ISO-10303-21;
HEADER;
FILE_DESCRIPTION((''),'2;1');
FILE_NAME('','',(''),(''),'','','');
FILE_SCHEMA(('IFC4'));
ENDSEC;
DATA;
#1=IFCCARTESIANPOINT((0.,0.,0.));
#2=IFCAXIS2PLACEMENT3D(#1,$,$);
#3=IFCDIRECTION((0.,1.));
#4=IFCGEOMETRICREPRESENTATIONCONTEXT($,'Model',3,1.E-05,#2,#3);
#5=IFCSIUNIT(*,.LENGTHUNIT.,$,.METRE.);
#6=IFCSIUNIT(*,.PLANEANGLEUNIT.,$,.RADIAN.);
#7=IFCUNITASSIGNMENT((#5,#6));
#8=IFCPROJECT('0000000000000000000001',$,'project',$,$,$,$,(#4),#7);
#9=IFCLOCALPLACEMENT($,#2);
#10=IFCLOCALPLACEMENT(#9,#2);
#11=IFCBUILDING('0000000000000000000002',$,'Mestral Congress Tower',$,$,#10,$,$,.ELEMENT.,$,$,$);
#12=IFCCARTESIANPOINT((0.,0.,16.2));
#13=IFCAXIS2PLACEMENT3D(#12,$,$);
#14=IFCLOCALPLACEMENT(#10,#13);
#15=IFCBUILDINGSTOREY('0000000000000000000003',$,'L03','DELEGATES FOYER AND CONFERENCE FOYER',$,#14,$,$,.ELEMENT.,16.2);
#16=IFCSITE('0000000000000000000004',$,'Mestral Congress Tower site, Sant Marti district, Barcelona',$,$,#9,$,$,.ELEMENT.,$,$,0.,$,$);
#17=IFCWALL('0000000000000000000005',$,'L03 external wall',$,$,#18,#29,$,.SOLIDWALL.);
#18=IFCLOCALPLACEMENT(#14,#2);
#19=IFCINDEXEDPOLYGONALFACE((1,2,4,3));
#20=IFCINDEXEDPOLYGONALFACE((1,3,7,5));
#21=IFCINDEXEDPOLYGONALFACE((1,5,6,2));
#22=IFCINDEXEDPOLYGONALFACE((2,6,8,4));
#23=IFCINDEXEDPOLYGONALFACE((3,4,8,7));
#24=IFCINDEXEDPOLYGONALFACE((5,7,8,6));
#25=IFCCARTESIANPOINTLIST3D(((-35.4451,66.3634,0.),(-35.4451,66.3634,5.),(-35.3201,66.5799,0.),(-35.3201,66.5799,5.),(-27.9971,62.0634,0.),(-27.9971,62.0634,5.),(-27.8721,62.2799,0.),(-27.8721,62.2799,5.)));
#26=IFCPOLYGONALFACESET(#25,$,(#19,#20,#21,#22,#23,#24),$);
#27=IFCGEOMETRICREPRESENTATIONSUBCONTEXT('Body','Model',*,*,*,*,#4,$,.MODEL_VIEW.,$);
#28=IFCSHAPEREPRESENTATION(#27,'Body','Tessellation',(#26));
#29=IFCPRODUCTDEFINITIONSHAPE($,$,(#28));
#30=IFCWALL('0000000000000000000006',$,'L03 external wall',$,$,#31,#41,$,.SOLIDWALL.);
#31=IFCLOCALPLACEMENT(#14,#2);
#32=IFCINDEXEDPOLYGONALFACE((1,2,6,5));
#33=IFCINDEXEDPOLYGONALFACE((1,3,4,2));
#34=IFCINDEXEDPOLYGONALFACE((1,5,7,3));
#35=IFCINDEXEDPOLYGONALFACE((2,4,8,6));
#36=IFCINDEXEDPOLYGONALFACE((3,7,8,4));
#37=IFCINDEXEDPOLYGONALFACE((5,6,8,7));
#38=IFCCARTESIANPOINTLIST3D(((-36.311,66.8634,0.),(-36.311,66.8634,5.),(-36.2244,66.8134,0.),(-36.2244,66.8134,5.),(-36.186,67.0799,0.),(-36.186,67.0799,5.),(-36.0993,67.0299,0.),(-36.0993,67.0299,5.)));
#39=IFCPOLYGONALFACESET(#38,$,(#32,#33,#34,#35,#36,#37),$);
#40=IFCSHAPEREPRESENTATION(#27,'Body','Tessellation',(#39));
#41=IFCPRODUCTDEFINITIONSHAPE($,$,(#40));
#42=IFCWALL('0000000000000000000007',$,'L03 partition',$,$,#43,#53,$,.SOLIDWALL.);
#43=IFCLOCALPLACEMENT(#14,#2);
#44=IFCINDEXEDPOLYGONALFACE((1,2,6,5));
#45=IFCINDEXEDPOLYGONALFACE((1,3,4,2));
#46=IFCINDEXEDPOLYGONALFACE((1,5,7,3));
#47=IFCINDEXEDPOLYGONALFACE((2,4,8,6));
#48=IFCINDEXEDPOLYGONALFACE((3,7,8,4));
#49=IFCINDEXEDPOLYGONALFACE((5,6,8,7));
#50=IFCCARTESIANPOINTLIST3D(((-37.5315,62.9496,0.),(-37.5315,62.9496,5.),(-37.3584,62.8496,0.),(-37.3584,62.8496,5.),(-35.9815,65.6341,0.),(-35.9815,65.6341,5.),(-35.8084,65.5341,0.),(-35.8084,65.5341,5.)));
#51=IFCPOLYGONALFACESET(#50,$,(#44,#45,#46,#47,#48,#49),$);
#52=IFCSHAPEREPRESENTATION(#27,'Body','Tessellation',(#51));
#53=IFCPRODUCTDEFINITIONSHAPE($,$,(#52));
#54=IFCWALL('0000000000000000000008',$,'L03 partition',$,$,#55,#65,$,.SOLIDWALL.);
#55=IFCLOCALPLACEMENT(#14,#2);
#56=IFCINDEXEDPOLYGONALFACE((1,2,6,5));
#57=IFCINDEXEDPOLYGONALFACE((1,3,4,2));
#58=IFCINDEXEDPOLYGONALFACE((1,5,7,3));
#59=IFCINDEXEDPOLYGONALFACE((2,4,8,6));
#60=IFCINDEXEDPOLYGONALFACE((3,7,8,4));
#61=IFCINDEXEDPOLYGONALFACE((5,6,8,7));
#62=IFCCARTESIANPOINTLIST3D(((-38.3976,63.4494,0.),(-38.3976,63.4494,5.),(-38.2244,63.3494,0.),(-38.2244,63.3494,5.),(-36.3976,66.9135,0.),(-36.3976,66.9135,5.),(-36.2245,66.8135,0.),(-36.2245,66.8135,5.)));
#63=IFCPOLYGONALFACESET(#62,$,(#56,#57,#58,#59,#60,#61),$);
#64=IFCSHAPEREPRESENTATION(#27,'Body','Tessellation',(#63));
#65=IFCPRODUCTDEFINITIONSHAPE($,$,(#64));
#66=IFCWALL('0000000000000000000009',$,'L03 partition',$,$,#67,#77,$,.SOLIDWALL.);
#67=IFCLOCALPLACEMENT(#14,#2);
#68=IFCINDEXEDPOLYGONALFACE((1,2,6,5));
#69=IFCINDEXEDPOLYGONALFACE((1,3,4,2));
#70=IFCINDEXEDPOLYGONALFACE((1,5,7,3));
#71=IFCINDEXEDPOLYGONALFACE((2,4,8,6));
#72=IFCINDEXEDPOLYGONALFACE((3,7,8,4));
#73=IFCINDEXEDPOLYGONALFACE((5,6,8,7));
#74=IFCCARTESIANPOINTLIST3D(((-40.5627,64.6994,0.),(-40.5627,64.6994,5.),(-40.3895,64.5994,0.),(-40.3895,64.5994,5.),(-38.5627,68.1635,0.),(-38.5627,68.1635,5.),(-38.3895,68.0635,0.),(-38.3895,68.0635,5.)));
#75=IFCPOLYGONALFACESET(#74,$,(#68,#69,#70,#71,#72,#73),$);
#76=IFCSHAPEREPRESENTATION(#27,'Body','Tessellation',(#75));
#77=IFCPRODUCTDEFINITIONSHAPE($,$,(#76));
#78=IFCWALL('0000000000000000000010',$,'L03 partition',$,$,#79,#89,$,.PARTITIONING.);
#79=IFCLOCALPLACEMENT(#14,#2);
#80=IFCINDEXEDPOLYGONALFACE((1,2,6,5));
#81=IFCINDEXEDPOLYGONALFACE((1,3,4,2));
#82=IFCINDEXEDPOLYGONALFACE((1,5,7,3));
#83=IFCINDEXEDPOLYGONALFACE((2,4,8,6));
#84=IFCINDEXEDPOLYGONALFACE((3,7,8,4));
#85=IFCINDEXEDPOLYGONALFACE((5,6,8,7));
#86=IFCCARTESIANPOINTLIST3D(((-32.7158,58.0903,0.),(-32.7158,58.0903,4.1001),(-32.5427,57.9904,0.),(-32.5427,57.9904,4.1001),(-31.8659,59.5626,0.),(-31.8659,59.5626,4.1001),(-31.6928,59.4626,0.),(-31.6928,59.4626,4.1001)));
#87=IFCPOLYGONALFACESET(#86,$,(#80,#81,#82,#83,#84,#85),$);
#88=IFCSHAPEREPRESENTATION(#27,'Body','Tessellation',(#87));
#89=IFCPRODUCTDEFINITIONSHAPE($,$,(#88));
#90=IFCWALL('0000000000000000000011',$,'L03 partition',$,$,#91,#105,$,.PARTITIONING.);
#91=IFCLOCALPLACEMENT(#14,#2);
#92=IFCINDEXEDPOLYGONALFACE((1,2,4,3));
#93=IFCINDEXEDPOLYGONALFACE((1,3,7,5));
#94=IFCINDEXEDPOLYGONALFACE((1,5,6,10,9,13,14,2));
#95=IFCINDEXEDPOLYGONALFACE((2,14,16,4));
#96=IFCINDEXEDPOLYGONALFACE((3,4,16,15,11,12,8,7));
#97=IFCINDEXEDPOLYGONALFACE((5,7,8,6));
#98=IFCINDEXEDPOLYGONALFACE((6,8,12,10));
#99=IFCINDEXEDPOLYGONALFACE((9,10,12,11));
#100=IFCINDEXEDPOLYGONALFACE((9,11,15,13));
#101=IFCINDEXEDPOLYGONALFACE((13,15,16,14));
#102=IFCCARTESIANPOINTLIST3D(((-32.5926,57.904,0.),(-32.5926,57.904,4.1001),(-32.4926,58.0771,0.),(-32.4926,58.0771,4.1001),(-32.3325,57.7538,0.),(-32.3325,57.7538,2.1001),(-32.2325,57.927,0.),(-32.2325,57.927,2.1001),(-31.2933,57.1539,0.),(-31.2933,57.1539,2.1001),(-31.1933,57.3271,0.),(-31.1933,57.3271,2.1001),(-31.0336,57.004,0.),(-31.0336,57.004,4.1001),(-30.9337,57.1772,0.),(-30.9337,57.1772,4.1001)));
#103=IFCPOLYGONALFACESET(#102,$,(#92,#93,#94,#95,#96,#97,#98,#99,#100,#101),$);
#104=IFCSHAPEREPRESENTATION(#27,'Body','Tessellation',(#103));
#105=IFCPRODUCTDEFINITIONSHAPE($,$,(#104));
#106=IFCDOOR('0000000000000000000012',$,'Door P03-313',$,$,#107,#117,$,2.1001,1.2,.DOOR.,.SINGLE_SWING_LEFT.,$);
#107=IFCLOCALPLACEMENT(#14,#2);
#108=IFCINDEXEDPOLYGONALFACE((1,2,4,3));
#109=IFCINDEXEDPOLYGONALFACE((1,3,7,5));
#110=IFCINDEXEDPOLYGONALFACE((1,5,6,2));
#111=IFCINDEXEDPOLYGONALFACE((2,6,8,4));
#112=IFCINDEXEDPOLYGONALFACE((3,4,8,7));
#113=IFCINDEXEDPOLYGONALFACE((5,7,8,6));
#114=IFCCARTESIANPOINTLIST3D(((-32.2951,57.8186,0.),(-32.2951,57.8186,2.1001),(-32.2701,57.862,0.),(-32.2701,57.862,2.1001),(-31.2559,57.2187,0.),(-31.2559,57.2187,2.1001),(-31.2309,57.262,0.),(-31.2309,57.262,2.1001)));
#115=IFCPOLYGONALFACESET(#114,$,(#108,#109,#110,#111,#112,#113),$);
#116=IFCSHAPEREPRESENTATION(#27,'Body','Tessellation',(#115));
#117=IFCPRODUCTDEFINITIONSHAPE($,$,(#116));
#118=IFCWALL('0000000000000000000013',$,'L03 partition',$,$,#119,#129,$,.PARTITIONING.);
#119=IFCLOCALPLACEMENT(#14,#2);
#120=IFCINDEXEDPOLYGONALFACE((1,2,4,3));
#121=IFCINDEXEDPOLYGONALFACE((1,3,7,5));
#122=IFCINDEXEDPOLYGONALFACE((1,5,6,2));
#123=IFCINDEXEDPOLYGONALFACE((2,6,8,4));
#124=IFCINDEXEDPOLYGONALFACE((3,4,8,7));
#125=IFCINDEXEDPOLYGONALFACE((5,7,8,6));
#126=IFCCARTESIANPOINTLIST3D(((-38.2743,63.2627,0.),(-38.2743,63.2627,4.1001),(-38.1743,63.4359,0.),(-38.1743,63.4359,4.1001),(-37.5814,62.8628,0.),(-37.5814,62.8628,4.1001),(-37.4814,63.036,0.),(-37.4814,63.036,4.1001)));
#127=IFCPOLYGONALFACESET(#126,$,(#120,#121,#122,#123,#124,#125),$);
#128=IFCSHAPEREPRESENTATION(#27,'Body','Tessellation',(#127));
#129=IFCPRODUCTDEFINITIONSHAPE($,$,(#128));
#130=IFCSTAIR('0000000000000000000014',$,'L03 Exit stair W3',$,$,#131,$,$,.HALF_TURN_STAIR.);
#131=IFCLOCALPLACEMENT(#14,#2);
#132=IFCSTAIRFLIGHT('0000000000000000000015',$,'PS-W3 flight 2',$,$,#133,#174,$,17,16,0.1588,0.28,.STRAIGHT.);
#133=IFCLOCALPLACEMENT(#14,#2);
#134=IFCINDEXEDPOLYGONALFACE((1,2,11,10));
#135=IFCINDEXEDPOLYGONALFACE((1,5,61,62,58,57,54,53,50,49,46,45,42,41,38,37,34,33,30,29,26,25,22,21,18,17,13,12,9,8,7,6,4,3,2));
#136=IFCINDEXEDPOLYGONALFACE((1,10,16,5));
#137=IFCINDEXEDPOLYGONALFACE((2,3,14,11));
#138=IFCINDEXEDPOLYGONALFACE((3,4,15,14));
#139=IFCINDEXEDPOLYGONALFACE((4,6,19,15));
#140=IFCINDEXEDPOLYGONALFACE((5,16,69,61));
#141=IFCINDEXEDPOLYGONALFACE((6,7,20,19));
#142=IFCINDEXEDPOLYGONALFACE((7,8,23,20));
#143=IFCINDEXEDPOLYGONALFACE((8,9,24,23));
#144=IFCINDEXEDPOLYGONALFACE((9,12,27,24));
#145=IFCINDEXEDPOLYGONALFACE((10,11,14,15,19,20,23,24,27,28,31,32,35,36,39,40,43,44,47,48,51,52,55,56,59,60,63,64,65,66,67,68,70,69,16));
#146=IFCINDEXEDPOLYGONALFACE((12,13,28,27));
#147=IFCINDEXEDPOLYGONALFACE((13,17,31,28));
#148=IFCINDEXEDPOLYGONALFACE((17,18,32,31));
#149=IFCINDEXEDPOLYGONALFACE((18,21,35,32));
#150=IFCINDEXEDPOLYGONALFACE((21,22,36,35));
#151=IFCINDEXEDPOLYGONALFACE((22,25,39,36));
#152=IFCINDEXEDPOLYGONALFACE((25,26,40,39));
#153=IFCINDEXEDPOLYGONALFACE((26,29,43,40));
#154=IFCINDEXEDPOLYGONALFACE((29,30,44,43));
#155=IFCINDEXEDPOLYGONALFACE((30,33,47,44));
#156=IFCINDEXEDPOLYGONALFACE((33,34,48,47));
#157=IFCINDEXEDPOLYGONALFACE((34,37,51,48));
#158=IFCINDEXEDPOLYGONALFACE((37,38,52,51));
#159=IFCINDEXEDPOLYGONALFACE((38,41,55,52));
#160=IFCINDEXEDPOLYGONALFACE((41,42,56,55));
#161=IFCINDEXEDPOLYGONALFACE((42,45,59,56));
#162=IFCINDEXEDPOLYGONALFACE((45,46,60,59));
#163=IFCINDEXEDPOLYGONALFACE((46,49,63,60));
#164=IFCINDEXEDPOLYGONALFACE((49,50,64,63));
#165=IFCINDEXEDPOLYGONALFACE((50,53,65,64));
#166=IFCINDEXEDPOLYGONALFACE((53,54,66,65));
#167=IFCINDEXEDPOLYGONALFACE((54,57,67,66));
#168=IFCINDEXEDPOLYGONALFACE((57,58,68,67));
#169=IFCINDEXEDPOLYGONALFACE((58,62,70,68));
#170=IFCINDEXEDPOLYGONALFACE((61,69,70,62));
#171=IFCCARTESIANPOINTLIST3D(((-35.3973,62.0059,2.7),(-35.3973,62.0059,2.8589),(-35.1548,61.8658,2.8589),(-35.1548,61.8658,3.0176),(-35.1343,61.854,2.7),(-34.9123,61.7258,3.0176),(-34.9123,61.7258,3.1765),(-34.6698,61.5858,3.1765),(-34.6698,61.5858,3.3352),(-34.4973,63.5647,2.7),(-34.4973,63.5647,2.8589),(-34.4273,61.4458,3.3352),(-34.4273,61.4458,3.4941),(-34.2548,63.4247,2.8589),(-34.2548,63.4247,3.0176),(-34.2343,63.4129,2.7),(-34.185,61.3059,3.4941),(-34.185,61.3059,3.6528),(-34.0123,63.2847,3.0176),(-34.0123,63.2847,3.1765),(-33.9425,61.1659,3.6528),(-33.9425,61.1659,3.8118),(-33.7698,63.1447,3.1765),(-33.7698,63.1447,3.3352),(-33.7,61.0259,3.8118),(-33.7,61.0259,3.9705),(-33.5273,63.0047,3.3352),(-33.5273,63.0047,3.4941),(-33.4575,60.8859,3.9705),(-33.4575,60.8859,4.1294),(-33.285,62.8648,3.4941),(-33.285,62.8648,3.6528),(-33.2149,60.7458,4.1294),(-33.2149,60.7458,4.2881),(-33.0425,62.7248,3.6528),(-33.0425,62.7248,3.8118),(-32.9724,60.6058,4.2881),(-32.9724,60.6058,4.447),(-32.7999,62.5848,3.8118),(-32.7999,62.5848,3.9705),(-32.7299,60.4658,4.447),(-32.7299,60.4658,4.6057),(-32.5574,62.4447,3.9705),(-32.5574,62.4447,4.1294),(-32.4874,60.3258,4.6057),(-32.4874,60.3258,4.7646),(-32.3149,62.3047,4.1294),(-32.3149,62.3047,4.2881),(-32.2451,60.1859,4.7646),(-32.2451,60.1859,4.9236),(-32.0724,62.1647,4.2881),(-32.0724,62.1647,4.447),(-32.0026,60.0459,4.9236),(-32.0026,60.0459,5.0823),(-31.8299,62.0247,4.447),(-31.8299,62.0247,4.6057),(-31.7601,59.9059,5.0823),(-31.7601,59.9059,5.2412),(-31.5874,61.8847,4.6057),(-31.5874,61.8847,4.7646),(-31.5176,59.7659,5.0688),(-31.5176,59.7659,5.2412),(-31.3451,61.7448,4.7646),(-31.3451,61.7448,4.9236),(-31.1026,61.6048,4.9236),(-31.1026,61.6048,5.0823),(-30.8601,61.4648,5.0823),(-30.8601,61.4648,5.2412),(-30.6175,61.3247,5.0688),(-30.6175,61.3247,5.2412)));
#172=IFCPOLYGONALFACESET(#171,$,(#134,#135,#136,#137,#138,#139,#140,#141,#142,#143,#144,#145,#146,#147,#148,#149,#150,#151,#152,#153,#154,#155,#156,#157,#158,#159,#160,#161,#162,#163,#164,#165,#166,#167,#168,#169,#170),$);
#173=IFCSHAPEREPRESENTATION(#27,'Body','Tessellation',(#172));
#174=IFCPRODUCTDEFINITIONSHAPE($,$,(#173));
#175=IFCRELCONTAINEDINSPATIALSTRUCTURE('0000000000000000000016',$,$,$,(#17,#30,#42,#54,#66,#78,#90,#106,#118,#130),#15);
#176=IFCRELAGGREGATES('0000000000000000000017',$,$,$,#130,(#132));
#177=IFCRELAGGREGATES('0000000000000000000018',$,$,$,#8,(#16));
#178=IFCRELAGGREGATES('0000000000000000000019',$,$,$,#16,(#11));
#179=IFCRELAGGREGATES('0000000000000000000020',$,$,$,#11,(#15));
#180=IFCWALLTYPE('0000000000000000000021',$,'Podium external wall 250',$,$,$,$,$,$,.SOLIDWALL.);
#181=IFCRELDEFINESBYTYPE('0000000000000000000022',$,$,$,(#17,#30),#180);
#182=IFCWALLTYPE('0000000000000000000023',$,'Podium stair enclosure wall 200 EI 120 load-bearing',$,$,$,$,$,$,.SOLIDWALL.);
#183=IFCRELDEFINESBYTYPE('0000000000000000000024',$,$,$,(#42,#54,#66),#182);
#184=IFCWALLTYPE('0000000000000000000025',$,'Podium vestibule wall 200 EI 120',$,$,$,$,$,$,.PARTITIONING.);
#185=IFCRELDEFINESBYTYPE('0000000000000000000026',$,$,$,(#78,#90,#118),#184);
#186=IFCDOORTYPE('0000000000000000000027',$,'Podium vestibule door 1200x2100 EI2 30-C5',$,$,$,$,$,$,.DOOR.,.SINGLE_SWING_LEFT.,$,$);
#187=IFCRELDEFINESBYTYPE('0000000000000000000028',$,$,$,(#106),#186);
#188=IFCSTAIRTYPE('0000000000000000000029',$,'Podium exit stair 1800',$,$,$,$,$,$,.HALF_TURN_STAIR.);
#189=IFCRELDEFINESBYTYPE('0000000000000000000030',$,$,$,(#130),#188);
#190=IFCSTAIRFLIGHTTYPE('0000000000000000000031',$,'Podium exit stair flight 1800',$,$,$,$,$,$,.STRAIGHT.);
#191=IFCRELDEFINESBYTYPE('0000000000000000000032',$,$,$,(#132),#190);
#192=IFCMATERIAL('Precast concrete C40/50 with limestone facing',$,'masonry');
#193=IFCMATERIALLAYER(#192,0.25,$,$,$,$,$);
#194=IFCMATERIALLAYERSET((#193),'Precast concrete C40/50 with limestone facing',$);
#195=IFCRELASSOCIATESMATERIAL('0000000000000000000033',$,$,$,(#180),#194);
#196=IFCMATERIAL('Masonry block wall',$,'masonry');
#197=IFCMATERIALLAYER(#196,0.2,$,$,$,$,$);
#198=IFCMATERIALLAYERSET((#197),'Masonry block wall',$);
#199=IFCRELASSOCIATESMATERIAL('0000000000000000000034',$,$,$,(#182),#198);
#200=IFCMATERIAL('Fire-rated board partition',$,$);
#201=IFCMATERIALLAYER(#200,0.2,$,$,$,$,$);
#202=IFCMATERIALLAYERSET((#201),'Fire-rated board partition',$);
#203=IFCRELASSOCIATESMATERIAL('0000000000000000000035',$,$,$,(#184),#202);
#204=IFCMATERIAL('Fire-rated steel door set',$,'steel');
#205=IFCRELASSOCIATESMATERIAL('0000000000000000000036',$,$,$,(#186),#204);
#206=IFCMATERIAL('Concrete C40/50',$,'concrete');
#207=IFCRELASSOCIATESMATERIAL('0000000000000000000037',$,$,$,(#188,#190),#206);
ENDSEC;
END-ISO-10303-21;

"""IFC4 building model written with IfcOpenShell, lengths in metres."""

from ifc_helpers import new_model, si_unit, direction, frame, frame_2d, origin, place, context, subcontext, project, spatial, polyline, rectangle, outline, extrude, material, layer, layer_set, type_object, element, fill, aggregate, save


model = new_model("IFC4")

# Units and contexts
model_context = context("Model", 3, precision=1e-05, world=origin(), true_north=direction((0.0, 1.0)))
body_context = subcontext(model_context, "Body", "Model", "MODEL_VIEW")
ifc_project = project(units=[si_unit("LENGTHUNIT", "METRE"), si_unit("PLANEANGLEUNIT", "RADIAN")], contexts=[model_context])

# Site, building, storey
site_placement = place(None, origin())
site = spatial("IfcSite", under=ifc_project, at=site_placement, Name="Mestral Congress Tower site, Sant Marti district, Barcelona", CompositionType="ELEMENT", RefElevation=0.0)
building_placement = place(site_placement, origin())
building = spatial("IfcBuilding", under=site, at=building_placement, Name="Mestral Congress Tower", CompositionType="ELEMENT")
storey_placement = place(building_placement, frame((0.0, 0.0, 16.2)))
storey = spatial("IfcBuildingStorey", under=building, at=storey_placement, Name="L03", Description="DELEGATES FOYER AND CONFERENCE FOYER", CompositionType="ELEMENT", Elevation=16.2)

# Walls
ifc_material_1 = material(Name="Precast concrete C40/50 with limestone facing", Category="masonry")
ifc_layer_1 = layer(ifc_material_1, 0.25)
ifc_layer_set_1 = layer_set([ifc_layer_1], Name="Precast concrete C40/50 with limestone facing")
wall_type_1 = type_object("IfcWallType", Name="Podium external wall 250", PredefinedType="SOLIDWALL", material=ifc_layer_set_1)
wall_1_placement = place(storey_placement, frame((-35.3826, 66.4717, 0.0), z_axis=(0.0, 0.0, 1.0), x_axis=(0.866028, -0.499995, 0.0)))
element("IfcWall", 1, at=wall_1_placement, inside=storey, type_object=wall_type_1, Name="L03 external wall", PredefinedType="SOLIDWALL", context=body_context, shape_type="SweptSolid", body=[
    extrude(rectangle(XDim=8.6001, YDim=0.25, at=frame_2d((4.3, 0.0))), origin(), (0.0, 0.0, 1.0), 5.0),
])
wall_2_placement = place(storey_placement, frame((-36.2485, 66.9717, 0.0), z_axis=(0.0, 0.0, 1.0), x_axis=(0.865982, -0.500074, 0.0)))
element("IfcWall", 2, at=wall_2_placement, inside=storey, type_object=wall_type_1, Name="L03 external wall", PredefinedType="SOLIDWALL", context=body_context, shape_type="SweptSolid", body=[
    extrude(rectangle(XDim=0.1001, YDim=0.25, at=frame_2d((0.05, 0.0))), origin(), (0.0, 0.0, 1.0), 5.0),
])
ifc_material_2 = material(Name="Masonry block wall", Category="masonry")
ifc_layer_2 = layer(ifc_material_2, 0.2)
ifc_layer_set_2 = layer_set([ifc_layer_2], Name="Masonry block wall")
wall_type_2 = type_object("IfcWallType", Name="Podium stair enclosure wall 200 EI 120 load-bearing", PredefinedType="SOLIDWALL", material=ifc_layer_set_2)
wall_3_placement = place(storey_placement, frame((-35.895, 65.584, 0.0), z_axis=(0.0, 0.0, 1.0), x_axis=(-0.500027, -0.86601, 0.0)))
element("IfcWall", 3, at=wall_3_placement, inside=storey, type_object=wall_type_2, Name="L03 partition", PredefinedType="SOLIDWALL", context=body_context, shape_type="SweptSolid", body=[
    extrude(rectangle(XDim=3.0999, YDim=0.2, at=frame_2d((1.5498, 0.0))), origin(), (0.0, 0.0, 1.0), 5.0),
])
for number, where, z_axis, x_axis, name in (
    (4, (-36.311, 66.8635, 0.0), (0.0, 0.0, 1.0), (-0.499999, -0.866026, 0.0), "L03 partition"),
    (5, (-38.4761, 68.1135, 0.0), (0.0, 0.0, 1.0), (-0.499999, -0.866026, 0.0), "L03 partition"),
):
    element("IfcWall", number, at=place(storey_placement, frame(where, z_axis=z_axis, x_axis=x_axis)), inside=storey, type_object=wall_type_2, Name=name, PredefinedType="SOLIDWALL", context=body_context, shape_type="SweptSolid", body=[
        extrude(rectangle(XDim=4.0, YDim=0.2, at=frame_2d((2.0, 0.0))), origin(), (0.0, 0.0, 1.0), 5.0),
    ])
ifc_material_3 = material(Name="Fire-rated board partition")
ifc_layer_3 = layer(ifc_material_3, 0.2)
ifc_layer_set_3 = layer_set([ifc_layer_3], Name="Fire-rated board partition")
wall_type_3 = type_object("IfcWallType", Name="Podium vestibule wall 200 EI 120", PredefinedType="PARTITIONING", material=ifc_layer_set_3)
wall_4_placement = place(storey_placement, frame((-31.7793, 59.5127, 0.0), z_axis=(0.0, 0.0, 1.0), x_axis=(-0.499955, -0.866052, 0.0)))
element("IfcWall", 6, at=wall_4_placement, inside=storey, type_object=wall_type_3, Name="L03 partition", PredefinedType="PARTITIONING", context=body_context, shape_type="SweptSolid", body=[
    extrude(rectangle(XDim=1.7, YDim=0.2, at=frame_2d((0.8501, 0.0))), origin(), (0.0, 0.0, 1.0), 4.1001),
])

# Wall, opening, door
wall_5_placement = place(storey_placement, frame((-32.5425, 57.9905, 0.0), z_axis=(0.0, 0.0, 1.0), x_axis=(0.866048, -0.499961, 0.0)))
wall_5 = element("IfcWall", 7, at=wall_5_placement, inside=storey, type_object=wall_type_3, Name="L03 partition", PredefinedType="PARTITIONING", context=body_context, shape_type="SweptSolid", body=[
    extrude(rectangle(XDim=1.8, YDim=0.2, at=frame_2d((0.8999, 0.0))), origin(), (0.0, 0.0, 1.0), 4.1001),
])
opening_placement = place(wall_5_placement, frame((0.3, 0.0, 0.0)))
opening = element("IfcOpeningElement", 8, at=opening_placement, cuts=wall_5, PredefinedType="OPENING", context=body_context, shape_type="SweptSolid", body=[
    extrude(rectangle(XDim=1.2, YDim=2.1001, at=frame_2d((0.6001, 1.05))), frame((0.0, 0.1099, 0.0), z_axis=(0.0, -1.0, 0.0), x_axis=(1.0, 0.0, 0.0)), (0.0, 0.0, 1.0), 0.22),
])
ifc_material_4 = material(Name="Fire-rated steel door set", Category="steel")
door_type = type_object("IfcDoorType", Name="Podium vestibule door 1200x2100 EI2 30-C5", OperationType="SINGLE_SWING_LEFT", PredefinedType="DOOR", material=ifc_material_4)
door_placement = place(opening_placement, origin())
door = element("IfcDoor", 9, at=door_placement, inside=storey, type_object=door_type, Name="Door P03-313", OperationType="SINGLE_SWING_LEFT", OverallHeight=2.1001, OverallWidth=1.2, PredefinedType="DOOR", context=body_context, shape_type="SweptSolid", body=[
    extrude(rectangle(XDim=1.2, YDim=2.1001, at=frame_2d((0.6001, 1.05))), frame((0.0, 0.0249, 0.0), z_axis=(0.0, -1.0, 0.0), x_axis=(1.0, 0.0, 0.0)), (0.0, 0.0, 1.0), 0.05),
])
fill(opening, door)

# Wall
wall_6_placement = place(storey_placement, frame((-37.5315, 62.9495, 0.0), z_axis=(0.0, 0.0, 1.0), x_axis=(-0.866094, 0.499881, 0.0)))
element("IfcWall", 10, at=wall_6_placement, inside=storey, type_object=wall_type_3, Name="L03 partition", PredefinedType="PARTITIONING", context=body_context, shape_type="SweptSolid", body=[
    extrude(rectangle(XDim=0.8, YDim=0.2, at=frame_2d((0.3999, 0.0))), origin(), (0.0, 0.0, 1.0), 4.1001),
])

# Stair, stair flight
ifc_material_5 = material(Name="Concrete C40/50", Category="concrete")
stair_type = type_object("IfcStairType", Name="Podium exit stair 1800", PredefinedType="HALF_TURN_STAIR", material=ifc_material_5)
stair_placement = place(storey_placement, origin())
stair = element("IfcStair", 11, at=stair_placement, inside=storey, type_object=stair_type, Name="L03 Exit stair W3", PredefinedType="HALF_TURN_STAIR")
stair_flight_type = type_object("IfcStairFlightType", Name="Podium exit stair flight 1800", PredefinedType="STRAIGHT", material=ifc_material_5)
stair_flight_placement = place(storey_placement, frame((-34.9473, 62.7854, 2.7), z_axis=(0.0, 0.0, 1.0), x_axis=(0.866025, -0.5, 0.0)))
stair_flight = element("IfcStairFlight", 12, at=stair_flight_placement, type_object=stair_flight_type, Name="PS-W3 flight 2", NumberOfRisers=17, NumberOfTreads=16, PredefinedType="STRAIGHT", RiserHeight=0.1588, TreadLength=0.28, context=body_context, shape_type="SweptSolid", body=[
    extrude(outline(polyline([(0.0, 0.0), (0.0, 0.1589), (0.28, 0.1589), (0.28, 0.3176), (0.5601, 0.3176), (0.5601, 0.4766), (0.8401, 0.4766), (0.8401, 0.6353), (1.1201, 0.6353), (1.1201, 0.7942), (1.3999, 0.7942), (1.3999, 0.9529), (1.6799, 0.9529), (1.6799, 1.1118), (1.96, 1.1118), (1.96, 1.2705), (2.24, 1.2705), (2.24, 1.4294), (2.52, 1.4294), (2.52, 1.5881), (2.8, 1.5881), (2.8, 1.7471), (3.0801, 1.7471), (3.0801, 1.9058), (3.3601, 1.9058), (3.3601, 2.0647), (3.6399, 2.0647), (3.6399, 2.2236), (3.9199, 2.2236), (3.9199, 2.3823), (4.2, 2.3823), (4.2, 2.5413), (4.48, 2.5413), (4.48, 2.7), (4.48, 2.3689), (0.3037, 0.0), (0.0, 0.0)])), frame((0.0, 0.8999, 0.0), z_axis=(0.0, -1.0, 0.0), x_axis=(1.0, 0.0, 0.0)), (0.0, 0.0, 1.0), 1.8),
])
aggregate(stair, [stair_flight])

save(model, "model.ifc")
